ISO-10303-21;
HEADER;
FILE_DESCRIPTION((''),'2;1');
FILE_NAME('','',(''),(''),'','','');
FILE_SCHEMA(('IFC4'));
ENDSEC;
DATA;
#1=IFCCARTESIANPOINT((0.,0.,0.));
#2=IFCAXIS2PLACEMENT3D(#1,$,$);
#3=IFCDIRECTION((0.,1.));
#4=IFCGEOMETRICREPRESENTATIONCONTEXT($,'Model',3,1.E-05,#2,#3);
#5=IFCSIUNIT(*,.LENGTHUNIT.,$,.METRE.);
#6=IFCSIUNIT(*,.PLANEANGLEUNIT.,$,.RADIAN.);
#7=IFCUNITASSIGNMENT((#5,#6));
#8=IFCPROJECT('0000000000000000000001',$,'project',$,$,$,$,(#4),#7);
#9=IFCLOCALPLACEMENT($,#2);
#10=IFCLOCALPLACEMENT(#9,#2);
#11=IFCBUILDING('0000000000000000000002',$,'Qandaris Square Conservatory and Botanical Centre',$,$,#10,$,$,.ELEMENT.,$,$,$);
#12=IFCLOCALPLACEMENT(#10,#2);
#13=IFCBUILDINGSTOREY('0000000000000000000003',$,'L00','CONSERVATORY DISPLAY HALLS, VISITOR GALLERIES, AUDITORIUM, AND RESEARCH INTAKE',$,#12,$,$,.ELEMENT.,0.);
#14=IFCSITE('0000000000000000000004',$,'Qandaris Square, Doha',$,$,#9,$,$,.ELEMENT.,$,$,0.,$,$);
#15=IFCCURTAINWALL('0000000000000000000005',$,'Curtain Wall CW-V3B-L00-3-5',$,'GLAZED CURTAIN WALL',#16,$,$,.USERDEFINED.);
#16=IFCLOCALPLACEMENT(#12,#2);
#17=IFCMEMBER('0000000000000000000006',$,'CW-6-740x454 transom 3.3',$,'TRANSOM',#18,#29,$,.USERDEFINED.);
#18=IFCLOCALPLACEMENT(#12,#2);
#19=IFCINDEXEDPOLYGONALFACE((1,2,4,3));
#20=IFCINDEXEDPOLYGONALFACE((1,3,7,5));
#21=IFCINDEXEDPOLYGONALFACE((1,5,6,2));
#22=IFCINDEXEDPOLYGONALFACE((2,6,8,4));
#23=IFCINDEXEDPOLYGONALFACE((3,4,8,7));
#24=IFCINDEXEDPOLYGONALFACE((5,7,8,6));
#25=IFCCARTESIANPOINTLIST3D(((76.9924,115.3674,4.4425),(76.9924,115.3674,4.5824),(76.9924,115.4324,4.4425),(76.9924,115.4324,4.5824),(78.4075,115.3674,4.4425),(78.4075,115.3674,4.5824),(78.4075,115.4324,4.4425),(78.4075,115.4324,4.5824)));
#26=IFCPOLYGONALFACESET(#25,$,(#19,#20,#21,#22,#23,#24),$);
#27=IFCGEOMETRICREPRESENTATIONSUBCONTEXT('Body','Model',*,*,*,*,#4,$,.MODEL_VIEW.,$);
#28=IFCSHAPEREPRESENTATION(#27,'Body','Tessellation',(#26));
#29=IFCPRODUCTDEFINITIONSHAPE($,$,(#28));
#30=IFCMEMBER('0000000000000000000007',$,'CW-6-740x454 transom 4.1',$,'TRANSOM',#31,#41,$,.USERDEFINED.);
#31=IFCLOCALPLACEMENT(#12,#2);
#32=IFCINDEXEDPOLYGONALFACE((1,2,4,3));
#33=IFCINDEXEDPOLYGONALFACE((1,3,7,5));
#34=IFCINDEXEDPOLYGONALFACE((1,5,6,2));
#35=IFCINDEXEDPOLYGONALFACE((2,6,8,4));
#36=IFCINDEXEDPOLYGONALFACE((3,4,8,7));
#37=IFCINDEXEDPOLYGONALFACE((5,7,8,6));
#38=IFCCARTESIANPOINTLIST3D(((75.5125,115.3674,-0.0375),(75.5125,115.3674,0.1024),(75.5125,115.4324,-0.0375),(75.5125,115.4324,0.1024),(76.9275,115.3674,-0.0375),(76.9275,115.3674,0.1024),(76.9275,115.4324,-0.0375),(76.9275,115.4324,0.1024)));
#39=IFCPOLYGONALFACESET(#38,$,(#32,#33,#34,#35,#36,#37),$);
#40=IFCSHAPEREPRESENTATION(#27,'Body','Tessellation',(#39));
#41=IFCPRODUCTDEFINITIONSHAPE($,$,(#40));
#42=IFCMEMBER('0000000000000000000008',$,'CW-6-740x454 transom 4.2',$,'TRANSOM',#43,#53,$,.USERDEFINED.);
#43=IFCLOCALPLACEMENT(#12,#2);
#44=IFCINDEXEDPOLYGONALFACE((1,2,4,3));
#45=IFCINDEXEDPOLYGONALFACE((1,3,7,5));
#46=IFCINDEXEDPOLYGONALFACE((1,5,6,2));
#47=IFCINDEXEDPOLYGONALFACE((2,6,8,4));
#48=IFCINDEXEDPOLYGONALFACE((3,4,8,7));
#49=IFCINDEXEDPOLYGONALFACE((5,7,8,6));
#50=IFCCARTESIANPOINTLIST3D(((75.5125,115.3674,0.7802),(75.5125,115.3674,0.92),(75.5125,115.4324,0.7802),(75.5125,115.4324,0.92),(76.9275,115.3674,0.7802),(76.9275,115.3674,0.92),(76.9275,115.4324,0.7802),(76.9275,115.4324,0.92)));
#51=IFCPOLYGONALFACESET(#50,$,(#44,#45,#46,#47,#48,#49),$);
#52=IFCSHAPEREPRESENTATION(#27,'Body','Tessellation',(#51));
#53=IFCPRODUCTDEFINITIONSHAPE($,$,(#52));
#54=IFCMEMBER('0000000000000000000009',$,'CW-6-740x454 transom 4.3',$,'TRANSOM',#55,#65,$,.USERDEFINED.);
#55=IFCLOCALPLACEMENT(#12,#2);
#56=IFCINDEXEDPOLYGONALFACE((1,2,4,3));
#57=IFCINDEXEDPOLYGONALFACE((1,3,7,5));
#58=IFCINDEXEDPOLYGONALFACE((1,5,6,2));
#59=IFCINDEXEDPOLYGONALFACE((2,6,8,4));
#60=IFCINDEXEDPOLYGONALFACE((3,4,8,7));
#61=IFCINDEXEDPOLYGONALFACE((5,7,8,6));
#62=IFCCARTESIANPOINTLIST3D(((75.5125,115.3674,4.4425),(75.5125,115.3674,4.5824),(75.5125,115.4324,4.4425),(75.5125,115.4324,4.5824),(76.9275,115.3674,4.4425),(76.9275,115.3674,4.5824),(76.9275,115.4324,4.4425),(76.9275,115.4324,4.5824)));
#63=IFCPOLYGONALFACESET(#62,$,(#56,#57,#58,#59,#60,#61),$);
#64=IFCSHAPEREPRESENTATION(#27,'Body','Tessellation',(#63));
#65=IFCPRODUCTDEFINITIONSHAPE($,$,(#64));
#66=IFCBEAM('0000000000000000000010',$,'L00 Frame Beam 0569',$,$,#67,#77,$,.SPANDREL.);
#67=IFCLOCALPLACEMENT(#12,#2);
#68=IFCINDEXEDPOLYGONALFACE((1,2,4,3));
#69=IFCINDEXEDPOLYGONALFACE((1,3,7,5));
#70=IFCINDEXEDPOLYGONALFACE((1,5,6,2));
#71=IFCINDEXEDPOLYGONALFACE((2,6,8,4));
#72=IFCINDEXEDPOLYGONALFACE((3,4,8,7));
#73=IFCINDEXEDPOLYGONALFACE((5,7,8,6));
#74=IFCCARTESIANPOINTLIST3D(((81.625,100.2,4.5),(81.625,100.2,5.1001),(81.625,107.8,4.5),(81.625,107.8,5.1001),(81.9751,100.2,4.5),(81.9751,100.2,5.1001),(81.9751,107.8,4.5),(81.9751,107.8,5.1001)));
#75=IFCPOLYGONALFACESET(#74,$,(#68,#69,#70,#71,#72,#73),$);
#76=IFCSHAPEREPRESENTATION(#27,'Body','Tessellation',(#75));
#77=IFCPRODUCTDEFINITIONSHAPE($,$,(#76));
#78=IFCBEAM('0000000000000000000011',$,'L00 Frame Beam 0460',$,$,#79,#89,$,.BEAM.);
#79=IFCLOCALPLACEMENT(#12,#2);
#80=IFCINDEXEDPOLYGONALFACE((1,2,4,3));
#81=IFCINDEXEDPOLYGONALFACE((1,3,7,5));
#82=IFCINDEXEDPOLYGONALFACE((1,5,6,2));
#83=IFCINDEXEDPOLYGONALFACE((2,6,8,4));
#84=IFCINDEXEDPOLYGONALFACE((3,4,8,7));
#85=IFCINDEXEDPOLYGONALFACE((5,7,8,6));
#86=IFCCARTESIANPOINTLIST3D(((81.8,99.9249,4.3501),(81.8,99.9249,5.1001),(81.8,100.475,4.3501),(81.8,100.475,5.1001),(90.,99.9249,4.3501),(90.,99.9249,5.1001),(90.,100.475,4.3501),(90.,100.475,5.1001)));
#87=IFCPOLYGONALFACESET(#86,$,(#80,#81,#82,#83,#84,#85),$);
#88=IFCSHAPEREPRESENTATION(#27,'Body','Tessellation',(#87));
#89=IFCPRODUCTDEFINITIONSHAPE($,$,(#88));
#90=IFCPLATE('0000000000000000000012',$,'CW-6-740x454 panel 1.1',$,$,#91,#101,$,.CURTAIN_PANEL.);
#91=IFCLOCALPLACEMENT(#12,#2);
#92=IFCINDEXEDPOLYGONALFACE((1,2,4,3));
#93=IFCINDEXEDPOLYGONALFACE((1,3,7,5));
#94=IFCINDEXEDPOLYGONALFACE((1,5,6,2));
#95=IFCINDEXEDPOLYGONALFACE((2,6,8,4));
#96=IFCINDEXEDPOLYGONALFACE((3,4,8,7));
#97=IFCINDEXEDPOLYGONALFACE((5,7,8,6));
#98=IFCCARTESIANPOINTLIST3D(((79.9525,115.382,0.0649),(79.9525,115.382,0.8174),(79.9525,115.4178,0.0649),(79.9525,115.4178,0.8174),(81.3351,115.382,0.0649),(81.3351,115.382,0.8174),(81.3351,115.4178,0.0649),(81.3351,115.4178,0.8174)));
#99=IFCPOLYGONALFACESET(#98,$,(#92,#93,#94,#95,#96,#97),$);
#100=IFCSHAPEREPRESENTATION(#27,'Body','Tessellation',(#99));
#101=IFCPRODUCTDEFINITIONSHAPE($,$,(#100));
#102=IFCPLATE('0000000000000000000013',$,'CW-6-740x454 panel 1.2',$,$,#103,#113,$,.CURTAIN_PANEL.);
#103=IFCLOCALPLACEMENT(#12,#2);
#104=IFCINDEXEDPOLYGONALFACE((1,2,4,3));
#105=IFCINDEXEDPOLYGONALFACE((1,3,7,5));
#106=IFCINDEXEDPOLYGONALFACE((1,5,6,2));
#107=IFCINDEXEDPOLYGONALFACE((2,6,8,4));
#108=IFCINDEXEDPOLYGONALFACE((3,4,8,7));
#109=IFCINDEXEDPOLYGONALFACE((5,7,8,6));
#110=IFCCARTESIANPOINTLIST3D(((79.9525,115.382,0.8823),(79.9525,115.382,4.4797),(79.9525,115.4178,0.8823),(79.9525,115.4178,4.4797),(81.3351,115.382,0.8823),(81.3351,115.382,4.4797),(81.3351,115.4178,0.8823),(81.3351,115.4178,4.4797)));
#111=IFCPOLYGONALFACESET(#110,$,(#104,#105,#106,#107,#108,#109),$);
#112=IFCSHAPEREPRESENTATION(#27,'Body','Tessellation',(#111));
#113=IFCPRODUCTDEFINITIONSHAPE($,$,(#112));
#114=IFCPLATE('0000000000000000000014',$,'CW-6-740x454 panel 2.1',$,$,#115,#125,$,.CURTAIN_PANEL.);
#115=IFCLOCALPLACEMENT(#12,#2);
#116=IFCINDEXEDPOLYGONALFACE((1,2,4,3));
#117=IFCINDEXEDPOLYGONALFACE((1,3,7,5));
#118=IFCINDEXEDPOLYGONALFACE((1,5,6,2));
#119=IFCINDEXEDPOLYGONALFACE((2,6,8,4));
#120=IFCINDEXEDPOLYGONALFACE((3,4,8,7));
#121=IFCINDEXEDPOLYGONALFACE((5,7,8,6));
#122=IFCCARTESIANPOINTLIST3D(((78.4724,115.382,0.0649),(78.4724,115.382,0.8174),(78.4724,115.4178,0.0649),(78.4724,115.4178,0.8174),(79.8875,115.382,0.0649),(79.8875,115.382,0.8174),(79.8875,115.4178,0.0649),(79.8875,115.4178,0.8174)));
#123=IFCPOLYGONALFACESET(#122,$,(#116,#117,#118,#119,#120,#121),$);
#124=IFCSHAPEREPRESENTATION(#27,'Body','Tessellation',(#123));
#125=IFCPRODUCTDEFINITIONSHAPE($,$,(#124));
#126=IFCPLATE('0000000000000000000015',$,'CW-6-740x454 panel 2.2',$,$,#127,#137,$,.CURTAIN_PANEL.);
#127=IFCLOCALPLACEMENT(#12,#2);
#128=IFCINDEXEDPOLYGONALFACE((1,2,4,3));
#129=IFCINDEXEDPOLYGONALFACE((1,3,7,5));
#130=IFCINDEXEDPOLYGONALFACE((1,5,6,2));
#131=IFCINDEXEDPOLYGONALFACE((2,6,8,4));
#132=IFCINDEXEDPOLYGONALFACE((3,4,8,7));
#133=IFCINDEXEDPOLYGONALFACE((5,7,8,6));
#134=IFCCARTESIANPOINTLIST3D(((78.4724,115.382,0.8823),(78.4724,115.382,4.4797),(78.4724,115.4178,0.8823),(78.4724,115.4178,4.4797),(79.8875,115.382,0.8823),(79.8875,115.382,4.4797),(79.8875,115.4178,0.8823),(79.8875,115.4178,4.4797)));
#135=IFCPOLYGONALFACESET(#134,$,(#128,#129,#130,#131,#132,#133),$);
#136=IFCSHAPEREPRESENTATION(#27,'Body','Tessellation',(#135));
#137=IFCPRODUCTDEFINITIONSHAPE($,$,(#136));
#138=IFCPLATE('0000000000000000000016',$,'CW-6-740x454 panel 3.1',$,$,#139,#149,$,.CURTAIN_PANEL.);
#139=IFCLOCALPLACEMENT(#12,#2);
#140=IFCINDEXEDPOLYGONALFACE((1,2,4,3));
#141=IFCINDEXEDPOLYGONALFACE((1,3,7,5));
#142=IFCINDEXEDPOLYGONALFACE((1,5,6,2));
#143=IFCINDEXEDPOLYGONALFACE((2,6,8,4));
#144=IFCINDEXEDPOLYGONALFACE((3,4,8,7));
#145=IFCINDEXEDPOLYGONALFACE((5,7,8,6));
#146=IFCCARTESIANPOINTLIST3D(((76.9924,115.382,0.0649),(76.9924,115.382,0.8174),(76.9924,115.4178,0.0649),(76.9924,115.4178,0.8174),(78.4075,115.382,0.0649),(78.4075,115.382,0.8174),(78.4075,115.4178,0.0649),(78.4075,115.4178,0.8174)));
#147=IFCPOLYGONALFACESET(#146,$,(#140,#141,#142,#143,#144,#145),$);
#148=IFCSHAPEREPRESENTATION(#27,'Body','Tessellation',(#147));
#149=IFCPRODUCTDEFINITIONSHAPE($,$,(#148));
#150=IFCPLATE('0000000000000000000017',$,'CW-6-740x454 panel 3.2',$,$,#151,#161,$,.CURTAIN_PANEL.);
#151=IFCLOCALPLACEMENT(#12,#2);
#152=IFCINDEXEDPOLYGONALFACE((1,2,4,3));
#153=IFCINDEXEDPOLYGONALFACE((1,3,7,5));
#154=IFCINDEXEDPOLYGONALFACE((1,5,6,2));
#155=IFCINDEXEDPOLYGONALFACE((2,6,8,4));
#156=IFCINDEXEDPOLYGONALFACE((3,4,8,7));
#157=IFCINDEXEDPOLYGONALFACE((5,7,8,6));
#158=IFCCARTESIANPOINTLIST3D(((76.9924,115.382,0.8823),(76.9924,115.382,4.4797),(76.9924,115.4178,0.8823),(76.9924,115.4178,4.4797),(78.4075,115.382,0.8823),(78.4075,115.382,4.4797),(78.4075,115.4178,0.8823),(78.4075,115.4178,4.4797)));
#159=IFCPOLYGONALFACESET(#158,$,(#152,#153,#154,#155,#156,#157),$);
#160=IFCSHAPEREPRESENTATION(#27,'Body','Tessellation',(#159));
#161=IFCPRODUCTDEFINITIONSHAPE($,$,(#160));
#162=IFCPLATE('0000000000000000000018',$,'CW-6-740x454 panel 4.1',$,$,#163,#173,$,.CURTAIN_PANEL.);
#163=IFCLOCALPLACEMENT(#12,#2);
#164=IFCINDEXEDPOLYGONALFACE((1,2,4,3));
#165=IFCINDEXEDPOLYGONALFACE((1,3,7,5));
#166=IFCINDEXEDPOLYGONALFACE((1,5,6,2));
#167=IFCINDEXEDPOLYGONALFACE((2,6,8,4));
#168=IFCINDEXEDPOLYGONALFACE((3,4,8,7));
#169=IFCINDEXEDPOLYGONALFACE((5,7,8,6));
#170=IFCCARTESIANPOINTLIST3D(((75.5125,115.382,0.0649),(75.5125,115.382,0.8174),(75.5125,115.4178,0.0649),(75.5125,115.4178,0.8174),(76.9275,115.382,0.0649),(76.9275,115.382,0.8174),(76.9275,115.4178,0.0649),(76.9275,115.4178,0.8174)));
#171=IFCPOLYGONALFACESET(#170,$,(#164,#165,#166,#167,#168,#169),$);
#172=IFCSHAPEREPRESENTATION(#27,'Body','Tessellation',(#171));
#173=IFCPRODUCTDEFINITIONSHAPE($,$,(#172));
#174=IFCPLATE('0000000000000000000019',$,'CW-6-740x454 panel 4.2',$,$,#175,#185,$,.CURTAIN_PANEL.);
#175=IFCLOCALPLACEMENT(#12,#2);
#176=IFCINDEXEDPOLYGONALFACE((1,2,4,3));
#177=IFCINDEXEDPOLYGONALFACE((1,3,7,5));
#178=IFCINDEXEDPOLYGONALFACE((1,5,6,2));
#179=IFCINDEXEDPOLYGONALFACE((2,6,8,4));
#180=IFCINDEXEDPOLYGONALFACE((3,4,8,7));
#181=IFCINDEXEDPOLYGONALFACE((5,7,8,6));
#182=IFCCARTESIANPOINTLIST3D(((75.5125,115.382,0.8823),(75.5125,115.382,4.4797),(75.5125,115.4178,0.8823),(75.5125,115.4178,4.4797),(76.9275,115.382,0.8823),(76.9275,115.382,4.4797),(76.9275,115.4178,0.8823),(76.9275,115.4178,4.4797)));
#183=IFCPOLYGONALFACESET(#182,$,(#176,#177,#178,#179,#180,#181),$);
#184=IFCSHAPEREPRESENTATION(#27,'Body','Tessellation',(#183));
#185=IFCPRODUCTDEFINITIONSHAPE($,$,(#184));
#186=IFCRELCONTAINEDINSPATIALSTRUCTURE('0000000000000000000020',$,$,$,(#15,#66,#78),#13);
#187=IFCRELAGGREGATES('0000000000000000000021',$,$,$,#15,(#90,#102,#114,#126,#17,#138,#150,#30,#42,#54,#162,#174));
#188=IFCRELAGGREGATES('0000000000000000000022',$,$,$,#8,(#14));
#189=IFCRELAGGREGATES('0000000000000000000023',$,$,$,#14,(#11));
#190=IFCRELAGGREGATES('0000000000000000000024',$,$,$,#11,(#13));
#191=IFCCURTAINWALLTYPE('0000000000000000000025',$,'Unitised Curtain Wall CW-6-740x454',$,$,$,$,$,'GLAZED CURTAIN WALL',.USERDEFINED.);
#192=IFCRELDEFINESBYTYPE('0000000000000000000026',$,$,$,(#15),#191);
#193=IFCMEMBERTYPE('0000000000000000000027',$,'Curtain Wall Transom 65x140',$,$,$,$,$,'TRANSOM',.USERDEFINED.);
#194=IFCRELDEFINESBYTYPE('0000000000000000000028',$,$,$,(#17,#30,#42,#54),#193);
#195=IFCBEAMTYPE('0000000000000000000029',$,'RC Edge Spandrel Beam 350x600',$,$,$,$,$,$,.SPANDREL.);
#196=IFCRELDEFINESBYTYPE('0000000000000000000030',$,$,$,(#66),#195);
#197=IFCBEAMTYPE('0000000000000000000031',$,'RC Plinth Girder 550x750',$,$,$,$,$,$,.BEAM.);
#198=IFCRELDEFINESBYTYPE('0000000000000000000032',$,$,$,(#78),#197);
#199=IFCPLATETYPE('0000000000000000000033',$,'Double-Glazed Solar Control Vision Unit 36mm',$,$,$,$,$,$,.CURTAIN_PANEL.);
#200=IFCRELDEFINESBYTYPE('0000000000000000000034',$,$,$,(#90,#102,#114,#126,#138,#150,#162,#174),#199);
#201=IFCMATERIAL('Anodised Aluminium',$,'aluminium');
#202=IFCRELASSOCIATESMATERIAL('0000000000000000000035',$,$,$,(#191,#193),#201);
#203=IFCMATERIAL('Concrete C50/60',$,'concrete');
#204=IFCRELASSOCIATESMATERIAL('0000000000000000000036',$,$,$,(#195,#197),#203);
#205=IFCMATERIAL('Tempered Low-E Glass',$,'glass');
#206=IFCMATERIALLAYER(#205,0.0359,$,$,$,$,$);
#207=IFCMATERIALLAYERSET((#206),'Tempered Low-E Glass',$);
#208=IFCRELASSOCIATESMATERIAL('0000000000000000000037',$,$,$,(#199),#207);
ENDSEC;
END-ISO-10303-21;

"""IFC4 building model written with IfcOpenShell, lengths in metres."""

from ifc_helpers import new_model, si_unit, direction, frame, origin, origin_2d, place, context, subcontext, project, spatial, rectangle, extrude, material, layer, layer_set, material_profile, profile_set, type_object, element, aggregate, save


model = new_model("IFC4")

# Units and contexts
model_context = context("Model", 3, precision=1e-05, world=origin(), true_north=direction((0.0, 1.0)))
body_context = subcontext(model_context, "Body", "Model", "MODEL_VIEW")
ifc_project = project(units=[si_unit("LENGTHUNIT", "METRE"), si_unit("PLANEANGLEUNIT", "RADIAN")], contexts=[model_context])

# Site, building, storey
site_placement = place(None, origin())
site = spatial("IfcSite", under=ifc_project, at=site_placement, Name="Qandaris Square, Doha", CompositionType="ELEMENT", RefElevation=0.0)
building_placement = place(site_placement, origin())
building = spatial("IfcBuilding", under=site, at=building_placement, Name="Qandaris Square Conservatory and Botanical Centre", CompositionType="ELEMENT")
storey_placement = place(building_placement, origin())
storey = spatial("IfcBuildingStorey", under=building, at=storey_placement, Name="L00", Description="CONSERVATORY DISPLAY HALLS, VISITOR GALLERIES, AUDITORIUM, AND RESEARCH INTAKE", CompositionType="ELEMENT", Elevation=0.0)

# Shared definitions
ifc_material_1 = material(Name="Concrete C50/60", Category="concrete")

# Curtain wall, members
ifc_material_2 = material(Name="Anodised Aluminium", Category="aluminium")
curtain_wall_type = type_object("IfcCurtainWallType", Name="Unitised Curtain Wall CW-6-740x454", ElementType="GLAZED CURTAIN WALL", PredefinedType="USERDEFINED", material=ifc_material_2)
curtain_wall_placement = place(storey_placement, origin())
curtain_wall = element("IfcCurtainWall", 1, at=curtain_wall_placement, inside=storey, type_object=curtain_wall_type, Name="Curtain Wall CW-V3B-L00-3-5", ObjectType="GLAZED CURTAIN WALL", PredefinedType="USERDEFINED")
ifc_material_profile_1 = material_profile(ifc_material_2, rectangle(XDim=0.0649, YDim=0.1399, at=origin_2d()), Name="ALU-TRN 65x140")
ifc_profile_set_1 = profile_set([ifc_material_profile_1], Name="Anodised Aluminium")
member_type_1 = type_object("IfcMemberType", Name="Curtain Wall Transom 65x140", ElementType="TRANSOM", PredefinedType="USERDEFINED", material=ifc_profile_set_1)
member_1_placement = place(storey_placement, frame((78.4075, 115.3999, 4.5125), z_axis=(-1.0, 0.0, 0.0), x_axis=(0.0, -1.0, 0.0)))
member_1 = element("IfcMember", 2, at=member_1_placement, type_object=member_type_1, Name="CW-6-740x454 transom 3.3", ObjectType="TRANSOM", PredefinedType="USERDEFINED", context=body_context, shape_type="SweptSolid", body=[
    extrude(rectangle(XDim=0.0649, YDim=0.1399, at=origin_2d()), origin(), (0.0, 0.0, 1.0), 1.415),
])
member_2_placement = place(storey_placement, frame((76.9275, 115.3999, 0.0325), z_axis=(-1.0, 0.0, 0.0), x_axis=(0.0, -1.0, 0.0)))
member_2 = element("IfcMember", 3, at=member_2_placement, type_object=member_type_1, Name="CW-6-740x454 transom 4.1", ObjectType="TRANSOM", PredefinedType="USERDEFINED", context=body_context, shape_type="SweptSolid", body=[
    extrude(rectangle(XDim=0.0649, YDim=0.1399, at=origin_2d()), origin(), (0.0, 0.0, 1.0), 1.415),
])
member_3_placement = place(storey_placement, frame((76.9275, 115.3999, 0.8501), z_axis=(-1.0, 0.0, 0.0), x_axis=(0.0, -1.0, 0.0)))
member_3 = element("IfcMember", 4, at=member_3_placement, type_object=member_type_1, Name="CW-6-740x454 transom 4.2", ObjectType="TRANSOM", PredefinedType="USERDEFINED", context=body_context, shape_type="SweptSolid", body=[
    extrude(rectangle(XDim=0.0649, YDim=0.1399, at=origin_2d()), origin(), (0.0, 0.0, 1.0), 1.415),
])
member_4_placement = place(storey_placement, frame((76.9275, 115.3999, 4.5125), z_axis=(-1.0, 0.0, 0.0), x_axis=(0.0, -1.0, 0.0)))
member_4 = element("IfcMember", 5, at=member_4_placement, type_object=member_type_1, Name="CW-6-740x454 transom 4.3", ObjectType="TRANSOM", PredefinedType="USERDEFINED", context=body_context, shape_type="SweptSolid", body=[
    extrude(rectangle(XDim=0.0649, YDim=0.1399, at=origin_2d()), origin(), (0.0, 0.0, 1.0), 1.415),
])

# Beams
ifc_material_profile_2 = material_profile(ifc_material_1, rectangle(XDim=0.3501, YDim=0.6001, at=origin_2d()), Name="RC-SP 350x600")
ifc_profile_set_2 = profile_set([ifc_material_profile_2], Name="Concrete C50/60")
beam_type_1 = type_object("IfcBeamType", Name="RC Edge Spandrel Beam 350x600", PredefinedType="SPANDREL", material=ifc_profile_set_2)
beam_1_placement = place(storey_placement, frame((81.8, 100.2, 4.8), z_axis=(0.0, 1.0, 0.0), x_axis=(-1.0, 0.0, 0.0)))
element("IfcBeam", 6, at=beam_1_placement, inside=storey, type_object=beam_type_1, Name="L00 Frame Beam 0569", PredefinedType="SPANDREL", context=body_context, shape_type="SweptSolid", body=[
    extrude(rectangle(XDim=0.3501, YDim=0.6001, at=origin_2d()), origin(), (0.0, 0.0, 1.0), 7.6001),
])
ifc_material_profile_3 = material_profile(ifc_material_1, rectangle(XDim=0.55, YDim=0.75, at=origin_2d()), Name="RC-BM 550x750")
ifc_profile_set_3 = profile_set([ifc_material_profile_3], Name="Concrete C50/60")
beam_type_2 = type_object("IfcBeamType", Name="RC Plinth Girder 550x750", PredefinedType="BEAM", material=ifc_profile_set_3)
beam_2_placement = place(storey_placement, frame((81.8, 100.2, 4.7251), z_axis=(1.0, 0.0, 0.0), x_axis=(0.0, 1.0, 0.0)))
element("IfcBeam", 7, at=beam_2_placement, inside=storey, type_object=beam_type_2, Name="L00 Frame Beam 0460", PredefinedType="BEAM", context=body_context, shape_type="SweptSolid", body=[
    extrude(rectangle(XDim=0.55, YDim=0.75, at=origin_2d()), origin(), (0.0, 0.0, 1.0), 8.2),
])

# Plates
ifc_material_3 = material(Name="Tempered Low-E Glass", Category="glass")
ifc_layer_1 = layer(ifc_material_3, 0.0359)
ifc_layer_set_1 = layer_set([ifc_layer_1], Name="Tempered Low-E Glass")
plate_type = type_object("IfcPlateType", Name="Double-Glazed Solar Control Vision Unit 36mm", PredefinedType="CURTAIN_PANEL", material=ifc_layer_set_1)
plate_1_placement = place(storey_placement, frame((80.6438, 115.3999, 0.0649), z_axis=(0.0, 0.0, 1.0), x_axis=(-1.0, 0.0, 0.0)))
plate_1 = element("IfcPlate", 8, at=plate_1_placement, type_object=plate_type, Name="CW-6-740x454 panel 1.1", PredefinedType="CURTAIN_PANEL", context=body_context, shape_type="SweptSolid", body=[
    extrude(rectangle(XDim=1.3826, YDim=0.0359, at=origin_2d()), origin(), (0.0, 0.0, 1.0), 0.7524),
])
plate_2_placement = place(storey_placement, frame((80.6438, 115.3999, 0.8823), z_axis=(0.0, 0.0, 1.0), x_axis=(-1.0, 0.0, 0.0)))
plate_2 = element("IfcPlate", 9, at=plate_2_placement, type_object=plate_type, Name="CW-6-740x454 panel 1.2", PredefinedType="CURTAIN_PANEL", context=body_context, shape_type="SweptSolid", body=[
    extrude(rectangle(XDim=1.3826, YDim=0.0359, at=origin_2d()), origin(), (0.0, 0.0, 1.0), 3.5974),
])
plate_3_placement = place(storey_placement, frame((79.1799, 115.3999, 0.0649), z_axis=(0.0, 0.0, 1.0), x_axis=(-1.0, 0.0, 0.0)))
plate_3 = element("IfcPlate", 10, at=plate_3_placement, type_object=plate_type, Name="CW-6-740x454 panel 2.1", PredefinedType="CURTAIN_PANEL", context=body_context, shape_type="SweptSolid", body=[
    extrude(rectangle(XDim=1.415, YDim=0.0359, at=origin_2d()), origin(), (0.0, 0.0, 1.0), 0.7524),
])
plate_4_placement = place(storey_placement, frame((79.1799, 115.3999, 0.8823), z_axis=(0.0, 0.0, 1.0), x_axis=(-1.0, 0.0, 0.0)))
plate_4 = element("IfcPlate", 11, at=plate_4_placement, type_object=plate_type, Name="CW-6-740x454 panel 2.2", PredefinedType="CURTAIN_PANEL", context=body_context, shape_type="SweptSolid", body=[
    extrude(rectangle(XDim=1.415, YDim=0.0359, at=origin_2d()), origin(), (0.0, 0.0, 1.0), 3.5974),
])
plate_5_placement = place(storey_placement, frame((77.7, 115.3999, 0.0649), z_axis=(0.0, 0.0, 1.0), x_axis=(-1.0, 0.0, 0.0)))
plate_5 = element("IfcPlate", 12, at=plate_5_placement, type_object=plate_type, Name="CW-6-740x454 panel 3.1", PredefinedType="CURTAIN_PANEL", context=body_context, shape_type="SweptSolid", body=[
    extrude(rectangle(XDim=1.415, YDim=0.0359, at=origin_2d()), origin(), (0.0, 0.0, 1.0), 0.7524),
])
plate_6_placement = place(storey_placement, frame((77.7, 115.3999, 0.8823), z_axis=(0.0, 0.0, 1.0), x_axis=(-1.0, 0.0, 0.0)))
plate_6 = element("IfcPlate", 13, at=plate_6_placement, type_object=plate_type, Name="CW-6-740x454 panel 3.2", PredefinedType="CURTAIN_PANEL", context=body_context, shape_type="SweptSolid", body=[
    extrude(rectangle(XDim=1.415, YDim=0.0359, at=origin_2d()), origin(), (0.0, 0.0, 1.0), 3.5974),
])
plate_7_placement = place(storey_placement, frame((76.22, 115.3999, 0.0649), z_axis=(0.0, 0.0, 1.0), x_axis=(-1.0, 0.0, 0.0)))
plate_7 = element("IfcPlate", 14, at=plate_7_placement, type_object=plate_type, Name="CW-6-740x454 panel 4.1", PredefinedType="CURTAIN_PANEL", context=body_context, shape_type="SweptSolid", body=[
    extrude(rectangle(XDim=1.415, YDim=0.0359, at=origin_2d()), origin(), (0.0, 0.0, 1.0), 0.7524),
])
plate_8_placement = place(storey_placement, frame((76.22, 115.3999, 0.8823), z_axis=(0.0, 0.0, 1.0), x_axis=(-1.0, 0.0, 0.0)))
plate_8 = element("IfcPlate", 15, at=plate_8_placement, type_object=plate_type, Name="CW-6-740x454 panel 4.2", PredefinedType="CURTAIN_PANEL", context=body_context, shape_type="SweptSolid", body=[
    extrude(rectangle(XDim=1.415, YDim=0.0359, at=origin_2d()), origin(), (0.0, 0.0, 1.0), 3.5974),
])
aggregate(curtain_wall, [plate_1, plate_2, plate_3, plate_4, member_1, plate_5, plate_6, member_2, member_3, member_4, plate_7, plate_8])

save(model, "model.ifc")
